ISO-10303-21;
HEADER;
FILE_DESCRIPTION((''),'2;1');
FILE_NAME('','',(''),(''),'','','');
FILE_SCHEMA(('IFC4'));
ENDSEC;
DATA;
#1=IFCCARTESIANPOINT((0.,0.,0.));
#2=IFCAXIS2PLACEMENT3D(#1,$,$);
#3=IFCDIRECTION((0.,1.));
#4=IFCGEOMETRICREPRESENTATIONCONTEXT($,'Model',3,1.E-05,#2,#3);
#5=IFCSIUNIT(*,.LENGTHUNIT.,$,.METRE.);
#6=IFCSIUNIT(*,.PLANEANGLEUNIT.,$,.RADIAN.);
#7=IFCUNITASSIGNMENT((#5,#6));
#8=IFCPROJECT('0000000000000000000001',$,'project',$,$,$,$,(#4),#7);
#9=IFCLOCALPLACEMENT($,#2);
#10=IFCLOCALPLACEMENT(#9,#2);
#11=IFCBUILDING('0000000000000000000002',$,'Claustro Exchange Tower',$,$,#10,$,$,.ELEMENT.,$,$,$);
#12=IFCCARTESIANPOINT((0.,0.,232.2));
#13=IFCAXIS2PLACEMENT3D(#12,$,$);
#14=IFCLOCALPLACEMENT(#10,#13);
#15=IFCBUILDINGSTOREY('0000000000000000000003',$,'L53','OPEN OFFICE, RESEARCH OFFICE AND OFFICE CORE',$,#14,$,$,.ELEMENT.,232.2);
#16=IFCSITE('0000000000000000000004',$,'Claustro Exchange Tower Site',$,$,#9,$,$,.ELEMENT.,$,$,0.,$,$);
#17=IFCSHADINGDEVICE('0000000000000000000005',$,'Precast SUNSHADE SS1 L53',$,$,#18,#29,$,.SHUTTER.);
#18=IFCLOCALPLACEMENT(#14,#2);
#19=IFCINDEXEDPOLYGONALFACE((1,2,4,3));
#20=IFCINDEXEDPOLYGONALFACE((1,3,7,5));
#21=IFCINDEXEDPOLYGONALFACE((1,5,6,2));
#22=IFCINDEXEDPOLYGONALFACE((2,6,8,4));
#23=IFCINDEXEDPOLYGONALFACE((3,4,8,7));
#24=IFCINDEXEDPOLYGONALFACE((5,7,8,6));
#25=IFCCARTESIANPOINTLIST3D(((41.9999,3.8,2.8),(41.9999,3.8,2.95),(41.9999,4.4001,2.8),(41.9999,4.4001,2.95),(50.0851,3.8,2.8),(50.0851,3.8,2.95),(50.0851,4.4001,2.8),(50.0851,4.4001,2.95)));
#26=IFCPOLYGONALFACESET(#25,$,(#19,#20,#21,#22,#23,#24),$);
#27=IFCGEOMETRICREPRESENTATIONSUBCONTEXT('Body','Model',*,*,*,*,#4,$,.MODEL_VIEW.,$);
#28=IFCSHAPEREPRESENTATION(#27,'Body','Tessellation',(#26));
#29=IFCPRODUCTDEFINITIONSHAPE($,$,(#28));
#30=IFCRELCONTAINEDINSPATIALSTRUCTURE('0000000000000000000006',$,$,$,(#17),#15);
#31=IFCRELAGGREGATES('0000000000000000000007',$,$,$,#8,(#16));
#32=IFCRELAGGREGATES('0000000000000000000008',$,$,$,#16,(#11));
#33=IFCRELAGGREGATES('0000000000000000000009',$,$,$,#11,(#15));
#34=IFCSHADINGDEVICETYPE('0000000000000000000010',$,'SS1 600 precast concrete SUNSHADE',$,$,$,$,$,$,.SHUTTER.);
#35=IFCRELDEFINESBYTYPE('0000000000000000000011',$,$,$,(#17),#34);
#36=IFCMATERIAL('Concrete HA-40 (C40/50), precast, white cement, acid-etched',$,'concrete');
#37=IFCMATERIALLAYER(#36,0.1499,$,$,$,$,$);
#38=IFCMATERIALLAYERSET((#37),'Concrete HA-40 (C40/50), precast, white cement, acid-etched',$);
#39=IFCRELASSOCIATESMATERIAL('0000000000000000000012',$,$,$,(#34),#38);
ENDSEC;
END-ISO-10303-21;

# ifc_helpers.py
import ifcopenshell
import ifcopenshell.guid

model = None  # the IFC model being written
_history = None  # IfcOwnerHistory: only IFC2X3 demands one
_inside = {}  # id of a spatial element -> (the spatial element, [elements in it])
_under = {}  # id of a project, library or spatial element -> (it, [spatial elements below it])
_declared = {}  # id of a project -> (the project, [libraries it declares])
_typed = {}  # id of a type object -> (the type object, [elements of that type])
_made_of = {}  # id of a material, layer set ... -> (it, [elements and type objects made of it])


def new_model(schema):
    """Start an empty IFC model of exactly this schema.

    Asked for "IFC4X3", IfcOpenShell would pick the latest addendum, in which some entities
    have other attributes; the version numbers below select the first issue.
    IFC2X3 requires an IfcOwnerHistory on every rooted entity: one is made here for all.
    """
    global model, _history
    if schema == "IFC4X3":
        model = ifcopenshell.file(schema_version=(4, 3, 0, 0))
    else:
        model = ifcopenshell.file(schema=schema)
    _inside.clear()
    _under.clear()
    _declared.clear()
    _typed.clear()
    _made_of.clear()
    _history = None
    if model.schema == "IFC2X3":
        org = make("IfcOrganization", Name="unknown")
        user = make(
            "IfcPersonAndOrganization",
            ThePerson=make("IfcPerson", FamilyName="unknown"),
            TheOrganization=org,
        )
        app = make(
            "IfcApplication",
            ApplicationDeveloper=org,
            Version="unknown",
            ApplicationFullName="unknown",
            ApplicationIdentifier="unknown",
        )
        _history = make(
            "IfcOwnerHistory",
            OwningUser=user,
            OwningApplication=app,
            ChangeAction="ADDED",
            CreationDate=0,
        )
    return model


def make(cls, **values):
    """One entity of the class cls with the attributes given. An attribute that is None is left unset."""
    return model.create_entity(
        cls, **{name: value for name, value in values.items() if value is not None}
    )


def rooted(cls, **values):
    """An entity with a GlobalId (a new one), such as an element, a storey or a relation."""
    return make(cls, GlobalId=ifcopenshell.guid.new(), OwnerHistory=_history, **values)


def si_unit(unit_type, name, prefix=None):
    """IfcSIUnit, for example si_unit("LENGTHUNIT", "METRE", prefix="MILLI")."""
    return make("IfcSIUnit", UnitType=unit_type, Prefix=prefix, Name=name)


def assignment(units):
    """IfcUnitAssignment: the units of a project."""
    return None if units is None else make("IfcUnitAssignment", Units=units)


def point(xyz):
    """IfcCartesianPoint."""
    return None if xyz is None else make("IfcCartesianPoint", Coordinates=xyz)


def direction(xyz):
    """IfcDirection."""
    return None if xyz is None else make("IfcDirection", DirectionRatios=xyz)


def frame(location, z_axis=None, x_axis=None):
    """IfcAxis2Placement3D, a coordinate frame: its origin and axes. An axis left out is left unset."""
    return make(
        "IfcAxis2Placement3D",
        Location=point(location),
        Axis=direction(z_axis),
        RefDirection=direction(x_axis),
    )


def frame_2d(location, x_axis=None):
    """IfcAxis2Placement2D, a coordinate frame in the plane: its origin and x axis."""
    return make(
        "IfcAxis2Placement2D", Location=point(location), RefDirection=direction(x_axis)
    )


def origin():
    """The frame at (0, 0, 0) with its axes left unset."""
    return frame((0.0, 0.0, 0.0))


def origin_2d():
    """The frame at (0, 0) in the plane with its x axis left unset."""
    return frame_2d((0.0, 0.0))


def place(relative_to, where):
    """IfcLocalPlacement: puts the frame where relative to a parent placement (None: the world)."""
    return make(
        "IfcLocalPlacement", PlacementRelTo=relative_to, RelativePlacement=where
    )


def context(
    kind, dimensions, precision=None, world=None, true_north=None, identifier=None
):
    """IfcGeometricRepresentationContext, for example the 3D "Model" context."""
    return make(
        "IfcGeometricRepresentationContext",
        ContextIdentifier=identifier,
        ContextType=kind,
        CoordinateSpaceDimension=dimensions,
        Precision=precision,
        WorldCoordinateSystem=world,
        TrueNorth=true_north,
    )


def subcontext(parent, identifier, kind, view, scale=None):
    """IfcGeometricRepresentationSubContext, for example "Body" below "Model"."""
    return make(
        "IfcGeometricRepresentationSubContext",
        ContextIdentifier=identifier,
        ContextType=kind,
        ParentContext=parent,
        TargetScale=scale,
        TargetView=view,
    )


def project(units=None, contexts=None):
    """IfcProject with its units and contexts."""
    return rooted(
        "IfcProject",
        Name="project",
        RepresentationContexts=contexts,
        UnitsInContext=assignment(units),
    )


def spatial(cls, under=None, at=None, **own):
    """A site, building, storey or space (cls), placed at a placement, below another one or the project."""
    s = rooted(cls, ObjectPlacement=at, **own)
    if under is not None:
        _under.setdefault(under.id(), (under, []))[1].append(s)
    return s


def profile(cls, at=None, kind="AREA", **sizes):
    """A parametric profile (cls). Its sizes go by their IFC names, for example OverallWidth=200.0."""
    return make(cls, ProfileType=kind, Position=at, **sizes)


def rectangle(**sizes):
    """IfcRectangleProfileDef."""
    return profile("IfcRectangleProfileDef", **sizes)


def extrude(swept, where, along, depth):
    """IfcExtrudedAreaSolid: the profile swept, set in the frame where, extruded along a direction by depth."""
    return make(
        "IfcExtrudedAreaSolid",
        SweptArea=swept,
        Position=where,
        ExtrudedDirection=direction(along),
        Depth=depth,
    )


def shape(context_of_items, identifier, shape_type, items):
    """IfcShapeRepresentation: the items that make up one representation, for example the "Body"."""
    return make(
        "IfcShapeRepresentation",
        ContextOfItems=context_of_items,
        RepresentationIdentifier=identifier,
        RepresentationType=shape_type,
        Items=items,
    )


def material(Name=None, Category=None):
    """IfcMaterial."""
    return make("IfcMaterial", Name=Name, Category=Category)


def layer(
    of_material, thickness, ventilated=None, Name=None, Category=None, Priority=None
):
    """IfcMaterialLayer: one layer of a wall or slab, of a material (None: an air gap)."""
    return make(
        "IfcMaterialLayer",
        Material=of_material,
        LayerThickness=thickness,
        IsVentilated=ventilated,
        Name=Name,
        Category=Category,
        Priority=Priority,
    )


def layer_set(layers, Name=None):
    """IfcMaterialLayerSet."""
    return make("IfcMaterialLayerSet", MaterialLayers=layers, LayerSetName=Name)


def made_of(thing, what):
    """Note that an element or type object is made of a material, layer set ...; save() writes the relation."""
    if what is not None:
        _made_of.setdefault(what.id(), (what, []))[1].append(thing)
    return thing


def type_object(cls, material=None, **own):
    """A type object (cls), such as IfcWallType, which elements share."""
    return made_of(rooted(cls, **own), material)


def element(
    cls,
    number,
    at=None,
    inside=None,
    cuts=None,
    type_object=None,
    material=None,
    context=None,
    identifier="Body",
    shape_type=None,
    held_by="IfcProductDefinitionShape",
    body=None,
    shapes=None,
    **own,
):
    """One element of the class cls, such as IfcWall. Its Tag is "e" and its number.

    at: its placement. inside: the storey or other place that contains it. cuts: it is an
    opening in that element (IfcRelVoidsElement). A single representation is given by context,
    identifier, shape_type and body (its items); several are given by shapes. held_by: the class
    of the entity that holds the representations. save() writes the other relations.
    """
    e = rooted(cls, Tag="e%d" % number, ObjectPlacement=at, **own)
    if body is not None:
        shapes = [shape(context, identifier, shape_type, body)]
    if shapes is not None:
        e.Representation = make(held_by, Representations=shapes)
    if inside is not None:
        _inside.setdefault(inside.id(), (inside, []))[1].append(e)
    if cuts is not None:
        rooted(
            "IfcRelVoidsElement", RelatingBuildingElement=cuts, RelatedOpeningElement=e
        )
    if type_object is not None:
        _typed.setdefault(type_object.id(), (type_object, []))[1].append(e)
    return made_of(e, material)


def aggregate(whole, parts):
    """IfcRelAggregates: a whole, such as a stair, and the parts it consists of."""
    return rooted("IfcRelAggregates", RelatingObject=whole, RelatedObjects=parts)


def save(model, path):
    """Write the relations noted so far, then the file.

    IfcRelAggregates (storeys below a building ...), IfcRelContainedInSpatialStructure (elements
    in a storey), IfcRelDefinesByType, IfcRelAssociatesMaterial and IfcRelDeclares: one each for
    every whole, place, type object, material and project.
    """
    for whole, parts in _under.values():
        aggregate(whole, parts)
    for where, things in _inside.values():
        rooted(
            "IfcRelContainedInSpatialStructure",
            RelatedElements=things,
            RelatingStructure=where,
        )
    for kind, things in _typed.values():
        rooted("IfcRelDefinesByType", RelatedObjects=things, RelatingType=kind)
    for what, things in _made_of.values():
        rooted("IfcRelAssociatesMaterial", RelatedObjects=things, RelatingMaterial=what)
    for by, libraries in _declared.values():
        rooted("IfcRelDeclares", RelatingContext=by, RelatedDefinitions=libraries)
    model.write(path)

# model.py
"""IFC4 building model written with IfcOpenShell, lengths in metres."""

from ifc_helpers import new_model, si_unit, direction, frame, origin, origin_2d, place, context, subcontext, project, spatial, rectangle, extrude, material, layer, layer_set, type_object, element, save


model = new_model("IFC4")

# Units and contexts
model_context = context("Model", 3, precision=1e-05, world=origin(), true_north=direction((0.0, 1.0)))
body_context = subcontext(model_context, "Body", "Model", "MODEL_VIEW")
ifc_project = project(units=[si_unit("LENGTHUNIT", "METRE"), si_unit("PLANEANGLEUNIT", "RADIAN")], contexts=[model_context])

# Site, building, storey
site_placement = place(None, origin())
site = spatial("IfcSite", under=ifc_project, at=site_placement, Name="Claustro Exchange Tower Site", CompositionType="ELEMENT", RefElevation=0.0)
building_placement = place(site_placement, origin())
building = spatial("IfcBuilding", under=site, at=building_placement, Name="Claustro Exchange Tower", CompositionType="ELEMENT")
storey_placement = place(building_placement, frame((0.0, 0.0, 232.2)))
storey = spatial("IfcBuildingStorey", under=building, at=storey_placement, Name="L53", Description="OPEN OFFICE, RESEARCH OFFICE AND OFFICE CORE", CompositionType="ELEMENT", Elevation=232.2)

# Shading device
ifc_material_1 = material(Name="Concrete HA-40 (C40/50), precast, white cement, acid-etched", Category="concrete")
ifc_layer_1 = layer(ifc_material_1, 0.1499)
ifc_layer_set_1 = layer_set([ifc_layer_1], Name="Concrete HA-40 (C40/50), precast, white cement, acid-etched")
shading_device_type = type_object("IfcShadingDeviceType", Name="SS1 600 precast concrete SUNSHADE", PredefinedType="SHUTTER", material=ifc_layer_set_1)
shading_device_placement = place(storey_placement, frame((46.0425, 4.1001, 2.8), z_axis=(0.0, 0.0, 1.0), x_axis=(-1.0, 0.0, 0.0)))
element("IfcShadingDevice", 1, at=shading_device_placement, inside=storey, type_object=shading_device_type, Name="Precast SUNSHADE SS1 L53", PredefinedType="SHUTTER", context=body_context, shape_type="SweptSolid", body=[
    extrude(rectangle(XDim=8.0852, YDim=0.6001, at=origin_2d()), origin(), (0.0, 0.0, 1.0), 0.1499),
])

save(model, "model.ifc")
